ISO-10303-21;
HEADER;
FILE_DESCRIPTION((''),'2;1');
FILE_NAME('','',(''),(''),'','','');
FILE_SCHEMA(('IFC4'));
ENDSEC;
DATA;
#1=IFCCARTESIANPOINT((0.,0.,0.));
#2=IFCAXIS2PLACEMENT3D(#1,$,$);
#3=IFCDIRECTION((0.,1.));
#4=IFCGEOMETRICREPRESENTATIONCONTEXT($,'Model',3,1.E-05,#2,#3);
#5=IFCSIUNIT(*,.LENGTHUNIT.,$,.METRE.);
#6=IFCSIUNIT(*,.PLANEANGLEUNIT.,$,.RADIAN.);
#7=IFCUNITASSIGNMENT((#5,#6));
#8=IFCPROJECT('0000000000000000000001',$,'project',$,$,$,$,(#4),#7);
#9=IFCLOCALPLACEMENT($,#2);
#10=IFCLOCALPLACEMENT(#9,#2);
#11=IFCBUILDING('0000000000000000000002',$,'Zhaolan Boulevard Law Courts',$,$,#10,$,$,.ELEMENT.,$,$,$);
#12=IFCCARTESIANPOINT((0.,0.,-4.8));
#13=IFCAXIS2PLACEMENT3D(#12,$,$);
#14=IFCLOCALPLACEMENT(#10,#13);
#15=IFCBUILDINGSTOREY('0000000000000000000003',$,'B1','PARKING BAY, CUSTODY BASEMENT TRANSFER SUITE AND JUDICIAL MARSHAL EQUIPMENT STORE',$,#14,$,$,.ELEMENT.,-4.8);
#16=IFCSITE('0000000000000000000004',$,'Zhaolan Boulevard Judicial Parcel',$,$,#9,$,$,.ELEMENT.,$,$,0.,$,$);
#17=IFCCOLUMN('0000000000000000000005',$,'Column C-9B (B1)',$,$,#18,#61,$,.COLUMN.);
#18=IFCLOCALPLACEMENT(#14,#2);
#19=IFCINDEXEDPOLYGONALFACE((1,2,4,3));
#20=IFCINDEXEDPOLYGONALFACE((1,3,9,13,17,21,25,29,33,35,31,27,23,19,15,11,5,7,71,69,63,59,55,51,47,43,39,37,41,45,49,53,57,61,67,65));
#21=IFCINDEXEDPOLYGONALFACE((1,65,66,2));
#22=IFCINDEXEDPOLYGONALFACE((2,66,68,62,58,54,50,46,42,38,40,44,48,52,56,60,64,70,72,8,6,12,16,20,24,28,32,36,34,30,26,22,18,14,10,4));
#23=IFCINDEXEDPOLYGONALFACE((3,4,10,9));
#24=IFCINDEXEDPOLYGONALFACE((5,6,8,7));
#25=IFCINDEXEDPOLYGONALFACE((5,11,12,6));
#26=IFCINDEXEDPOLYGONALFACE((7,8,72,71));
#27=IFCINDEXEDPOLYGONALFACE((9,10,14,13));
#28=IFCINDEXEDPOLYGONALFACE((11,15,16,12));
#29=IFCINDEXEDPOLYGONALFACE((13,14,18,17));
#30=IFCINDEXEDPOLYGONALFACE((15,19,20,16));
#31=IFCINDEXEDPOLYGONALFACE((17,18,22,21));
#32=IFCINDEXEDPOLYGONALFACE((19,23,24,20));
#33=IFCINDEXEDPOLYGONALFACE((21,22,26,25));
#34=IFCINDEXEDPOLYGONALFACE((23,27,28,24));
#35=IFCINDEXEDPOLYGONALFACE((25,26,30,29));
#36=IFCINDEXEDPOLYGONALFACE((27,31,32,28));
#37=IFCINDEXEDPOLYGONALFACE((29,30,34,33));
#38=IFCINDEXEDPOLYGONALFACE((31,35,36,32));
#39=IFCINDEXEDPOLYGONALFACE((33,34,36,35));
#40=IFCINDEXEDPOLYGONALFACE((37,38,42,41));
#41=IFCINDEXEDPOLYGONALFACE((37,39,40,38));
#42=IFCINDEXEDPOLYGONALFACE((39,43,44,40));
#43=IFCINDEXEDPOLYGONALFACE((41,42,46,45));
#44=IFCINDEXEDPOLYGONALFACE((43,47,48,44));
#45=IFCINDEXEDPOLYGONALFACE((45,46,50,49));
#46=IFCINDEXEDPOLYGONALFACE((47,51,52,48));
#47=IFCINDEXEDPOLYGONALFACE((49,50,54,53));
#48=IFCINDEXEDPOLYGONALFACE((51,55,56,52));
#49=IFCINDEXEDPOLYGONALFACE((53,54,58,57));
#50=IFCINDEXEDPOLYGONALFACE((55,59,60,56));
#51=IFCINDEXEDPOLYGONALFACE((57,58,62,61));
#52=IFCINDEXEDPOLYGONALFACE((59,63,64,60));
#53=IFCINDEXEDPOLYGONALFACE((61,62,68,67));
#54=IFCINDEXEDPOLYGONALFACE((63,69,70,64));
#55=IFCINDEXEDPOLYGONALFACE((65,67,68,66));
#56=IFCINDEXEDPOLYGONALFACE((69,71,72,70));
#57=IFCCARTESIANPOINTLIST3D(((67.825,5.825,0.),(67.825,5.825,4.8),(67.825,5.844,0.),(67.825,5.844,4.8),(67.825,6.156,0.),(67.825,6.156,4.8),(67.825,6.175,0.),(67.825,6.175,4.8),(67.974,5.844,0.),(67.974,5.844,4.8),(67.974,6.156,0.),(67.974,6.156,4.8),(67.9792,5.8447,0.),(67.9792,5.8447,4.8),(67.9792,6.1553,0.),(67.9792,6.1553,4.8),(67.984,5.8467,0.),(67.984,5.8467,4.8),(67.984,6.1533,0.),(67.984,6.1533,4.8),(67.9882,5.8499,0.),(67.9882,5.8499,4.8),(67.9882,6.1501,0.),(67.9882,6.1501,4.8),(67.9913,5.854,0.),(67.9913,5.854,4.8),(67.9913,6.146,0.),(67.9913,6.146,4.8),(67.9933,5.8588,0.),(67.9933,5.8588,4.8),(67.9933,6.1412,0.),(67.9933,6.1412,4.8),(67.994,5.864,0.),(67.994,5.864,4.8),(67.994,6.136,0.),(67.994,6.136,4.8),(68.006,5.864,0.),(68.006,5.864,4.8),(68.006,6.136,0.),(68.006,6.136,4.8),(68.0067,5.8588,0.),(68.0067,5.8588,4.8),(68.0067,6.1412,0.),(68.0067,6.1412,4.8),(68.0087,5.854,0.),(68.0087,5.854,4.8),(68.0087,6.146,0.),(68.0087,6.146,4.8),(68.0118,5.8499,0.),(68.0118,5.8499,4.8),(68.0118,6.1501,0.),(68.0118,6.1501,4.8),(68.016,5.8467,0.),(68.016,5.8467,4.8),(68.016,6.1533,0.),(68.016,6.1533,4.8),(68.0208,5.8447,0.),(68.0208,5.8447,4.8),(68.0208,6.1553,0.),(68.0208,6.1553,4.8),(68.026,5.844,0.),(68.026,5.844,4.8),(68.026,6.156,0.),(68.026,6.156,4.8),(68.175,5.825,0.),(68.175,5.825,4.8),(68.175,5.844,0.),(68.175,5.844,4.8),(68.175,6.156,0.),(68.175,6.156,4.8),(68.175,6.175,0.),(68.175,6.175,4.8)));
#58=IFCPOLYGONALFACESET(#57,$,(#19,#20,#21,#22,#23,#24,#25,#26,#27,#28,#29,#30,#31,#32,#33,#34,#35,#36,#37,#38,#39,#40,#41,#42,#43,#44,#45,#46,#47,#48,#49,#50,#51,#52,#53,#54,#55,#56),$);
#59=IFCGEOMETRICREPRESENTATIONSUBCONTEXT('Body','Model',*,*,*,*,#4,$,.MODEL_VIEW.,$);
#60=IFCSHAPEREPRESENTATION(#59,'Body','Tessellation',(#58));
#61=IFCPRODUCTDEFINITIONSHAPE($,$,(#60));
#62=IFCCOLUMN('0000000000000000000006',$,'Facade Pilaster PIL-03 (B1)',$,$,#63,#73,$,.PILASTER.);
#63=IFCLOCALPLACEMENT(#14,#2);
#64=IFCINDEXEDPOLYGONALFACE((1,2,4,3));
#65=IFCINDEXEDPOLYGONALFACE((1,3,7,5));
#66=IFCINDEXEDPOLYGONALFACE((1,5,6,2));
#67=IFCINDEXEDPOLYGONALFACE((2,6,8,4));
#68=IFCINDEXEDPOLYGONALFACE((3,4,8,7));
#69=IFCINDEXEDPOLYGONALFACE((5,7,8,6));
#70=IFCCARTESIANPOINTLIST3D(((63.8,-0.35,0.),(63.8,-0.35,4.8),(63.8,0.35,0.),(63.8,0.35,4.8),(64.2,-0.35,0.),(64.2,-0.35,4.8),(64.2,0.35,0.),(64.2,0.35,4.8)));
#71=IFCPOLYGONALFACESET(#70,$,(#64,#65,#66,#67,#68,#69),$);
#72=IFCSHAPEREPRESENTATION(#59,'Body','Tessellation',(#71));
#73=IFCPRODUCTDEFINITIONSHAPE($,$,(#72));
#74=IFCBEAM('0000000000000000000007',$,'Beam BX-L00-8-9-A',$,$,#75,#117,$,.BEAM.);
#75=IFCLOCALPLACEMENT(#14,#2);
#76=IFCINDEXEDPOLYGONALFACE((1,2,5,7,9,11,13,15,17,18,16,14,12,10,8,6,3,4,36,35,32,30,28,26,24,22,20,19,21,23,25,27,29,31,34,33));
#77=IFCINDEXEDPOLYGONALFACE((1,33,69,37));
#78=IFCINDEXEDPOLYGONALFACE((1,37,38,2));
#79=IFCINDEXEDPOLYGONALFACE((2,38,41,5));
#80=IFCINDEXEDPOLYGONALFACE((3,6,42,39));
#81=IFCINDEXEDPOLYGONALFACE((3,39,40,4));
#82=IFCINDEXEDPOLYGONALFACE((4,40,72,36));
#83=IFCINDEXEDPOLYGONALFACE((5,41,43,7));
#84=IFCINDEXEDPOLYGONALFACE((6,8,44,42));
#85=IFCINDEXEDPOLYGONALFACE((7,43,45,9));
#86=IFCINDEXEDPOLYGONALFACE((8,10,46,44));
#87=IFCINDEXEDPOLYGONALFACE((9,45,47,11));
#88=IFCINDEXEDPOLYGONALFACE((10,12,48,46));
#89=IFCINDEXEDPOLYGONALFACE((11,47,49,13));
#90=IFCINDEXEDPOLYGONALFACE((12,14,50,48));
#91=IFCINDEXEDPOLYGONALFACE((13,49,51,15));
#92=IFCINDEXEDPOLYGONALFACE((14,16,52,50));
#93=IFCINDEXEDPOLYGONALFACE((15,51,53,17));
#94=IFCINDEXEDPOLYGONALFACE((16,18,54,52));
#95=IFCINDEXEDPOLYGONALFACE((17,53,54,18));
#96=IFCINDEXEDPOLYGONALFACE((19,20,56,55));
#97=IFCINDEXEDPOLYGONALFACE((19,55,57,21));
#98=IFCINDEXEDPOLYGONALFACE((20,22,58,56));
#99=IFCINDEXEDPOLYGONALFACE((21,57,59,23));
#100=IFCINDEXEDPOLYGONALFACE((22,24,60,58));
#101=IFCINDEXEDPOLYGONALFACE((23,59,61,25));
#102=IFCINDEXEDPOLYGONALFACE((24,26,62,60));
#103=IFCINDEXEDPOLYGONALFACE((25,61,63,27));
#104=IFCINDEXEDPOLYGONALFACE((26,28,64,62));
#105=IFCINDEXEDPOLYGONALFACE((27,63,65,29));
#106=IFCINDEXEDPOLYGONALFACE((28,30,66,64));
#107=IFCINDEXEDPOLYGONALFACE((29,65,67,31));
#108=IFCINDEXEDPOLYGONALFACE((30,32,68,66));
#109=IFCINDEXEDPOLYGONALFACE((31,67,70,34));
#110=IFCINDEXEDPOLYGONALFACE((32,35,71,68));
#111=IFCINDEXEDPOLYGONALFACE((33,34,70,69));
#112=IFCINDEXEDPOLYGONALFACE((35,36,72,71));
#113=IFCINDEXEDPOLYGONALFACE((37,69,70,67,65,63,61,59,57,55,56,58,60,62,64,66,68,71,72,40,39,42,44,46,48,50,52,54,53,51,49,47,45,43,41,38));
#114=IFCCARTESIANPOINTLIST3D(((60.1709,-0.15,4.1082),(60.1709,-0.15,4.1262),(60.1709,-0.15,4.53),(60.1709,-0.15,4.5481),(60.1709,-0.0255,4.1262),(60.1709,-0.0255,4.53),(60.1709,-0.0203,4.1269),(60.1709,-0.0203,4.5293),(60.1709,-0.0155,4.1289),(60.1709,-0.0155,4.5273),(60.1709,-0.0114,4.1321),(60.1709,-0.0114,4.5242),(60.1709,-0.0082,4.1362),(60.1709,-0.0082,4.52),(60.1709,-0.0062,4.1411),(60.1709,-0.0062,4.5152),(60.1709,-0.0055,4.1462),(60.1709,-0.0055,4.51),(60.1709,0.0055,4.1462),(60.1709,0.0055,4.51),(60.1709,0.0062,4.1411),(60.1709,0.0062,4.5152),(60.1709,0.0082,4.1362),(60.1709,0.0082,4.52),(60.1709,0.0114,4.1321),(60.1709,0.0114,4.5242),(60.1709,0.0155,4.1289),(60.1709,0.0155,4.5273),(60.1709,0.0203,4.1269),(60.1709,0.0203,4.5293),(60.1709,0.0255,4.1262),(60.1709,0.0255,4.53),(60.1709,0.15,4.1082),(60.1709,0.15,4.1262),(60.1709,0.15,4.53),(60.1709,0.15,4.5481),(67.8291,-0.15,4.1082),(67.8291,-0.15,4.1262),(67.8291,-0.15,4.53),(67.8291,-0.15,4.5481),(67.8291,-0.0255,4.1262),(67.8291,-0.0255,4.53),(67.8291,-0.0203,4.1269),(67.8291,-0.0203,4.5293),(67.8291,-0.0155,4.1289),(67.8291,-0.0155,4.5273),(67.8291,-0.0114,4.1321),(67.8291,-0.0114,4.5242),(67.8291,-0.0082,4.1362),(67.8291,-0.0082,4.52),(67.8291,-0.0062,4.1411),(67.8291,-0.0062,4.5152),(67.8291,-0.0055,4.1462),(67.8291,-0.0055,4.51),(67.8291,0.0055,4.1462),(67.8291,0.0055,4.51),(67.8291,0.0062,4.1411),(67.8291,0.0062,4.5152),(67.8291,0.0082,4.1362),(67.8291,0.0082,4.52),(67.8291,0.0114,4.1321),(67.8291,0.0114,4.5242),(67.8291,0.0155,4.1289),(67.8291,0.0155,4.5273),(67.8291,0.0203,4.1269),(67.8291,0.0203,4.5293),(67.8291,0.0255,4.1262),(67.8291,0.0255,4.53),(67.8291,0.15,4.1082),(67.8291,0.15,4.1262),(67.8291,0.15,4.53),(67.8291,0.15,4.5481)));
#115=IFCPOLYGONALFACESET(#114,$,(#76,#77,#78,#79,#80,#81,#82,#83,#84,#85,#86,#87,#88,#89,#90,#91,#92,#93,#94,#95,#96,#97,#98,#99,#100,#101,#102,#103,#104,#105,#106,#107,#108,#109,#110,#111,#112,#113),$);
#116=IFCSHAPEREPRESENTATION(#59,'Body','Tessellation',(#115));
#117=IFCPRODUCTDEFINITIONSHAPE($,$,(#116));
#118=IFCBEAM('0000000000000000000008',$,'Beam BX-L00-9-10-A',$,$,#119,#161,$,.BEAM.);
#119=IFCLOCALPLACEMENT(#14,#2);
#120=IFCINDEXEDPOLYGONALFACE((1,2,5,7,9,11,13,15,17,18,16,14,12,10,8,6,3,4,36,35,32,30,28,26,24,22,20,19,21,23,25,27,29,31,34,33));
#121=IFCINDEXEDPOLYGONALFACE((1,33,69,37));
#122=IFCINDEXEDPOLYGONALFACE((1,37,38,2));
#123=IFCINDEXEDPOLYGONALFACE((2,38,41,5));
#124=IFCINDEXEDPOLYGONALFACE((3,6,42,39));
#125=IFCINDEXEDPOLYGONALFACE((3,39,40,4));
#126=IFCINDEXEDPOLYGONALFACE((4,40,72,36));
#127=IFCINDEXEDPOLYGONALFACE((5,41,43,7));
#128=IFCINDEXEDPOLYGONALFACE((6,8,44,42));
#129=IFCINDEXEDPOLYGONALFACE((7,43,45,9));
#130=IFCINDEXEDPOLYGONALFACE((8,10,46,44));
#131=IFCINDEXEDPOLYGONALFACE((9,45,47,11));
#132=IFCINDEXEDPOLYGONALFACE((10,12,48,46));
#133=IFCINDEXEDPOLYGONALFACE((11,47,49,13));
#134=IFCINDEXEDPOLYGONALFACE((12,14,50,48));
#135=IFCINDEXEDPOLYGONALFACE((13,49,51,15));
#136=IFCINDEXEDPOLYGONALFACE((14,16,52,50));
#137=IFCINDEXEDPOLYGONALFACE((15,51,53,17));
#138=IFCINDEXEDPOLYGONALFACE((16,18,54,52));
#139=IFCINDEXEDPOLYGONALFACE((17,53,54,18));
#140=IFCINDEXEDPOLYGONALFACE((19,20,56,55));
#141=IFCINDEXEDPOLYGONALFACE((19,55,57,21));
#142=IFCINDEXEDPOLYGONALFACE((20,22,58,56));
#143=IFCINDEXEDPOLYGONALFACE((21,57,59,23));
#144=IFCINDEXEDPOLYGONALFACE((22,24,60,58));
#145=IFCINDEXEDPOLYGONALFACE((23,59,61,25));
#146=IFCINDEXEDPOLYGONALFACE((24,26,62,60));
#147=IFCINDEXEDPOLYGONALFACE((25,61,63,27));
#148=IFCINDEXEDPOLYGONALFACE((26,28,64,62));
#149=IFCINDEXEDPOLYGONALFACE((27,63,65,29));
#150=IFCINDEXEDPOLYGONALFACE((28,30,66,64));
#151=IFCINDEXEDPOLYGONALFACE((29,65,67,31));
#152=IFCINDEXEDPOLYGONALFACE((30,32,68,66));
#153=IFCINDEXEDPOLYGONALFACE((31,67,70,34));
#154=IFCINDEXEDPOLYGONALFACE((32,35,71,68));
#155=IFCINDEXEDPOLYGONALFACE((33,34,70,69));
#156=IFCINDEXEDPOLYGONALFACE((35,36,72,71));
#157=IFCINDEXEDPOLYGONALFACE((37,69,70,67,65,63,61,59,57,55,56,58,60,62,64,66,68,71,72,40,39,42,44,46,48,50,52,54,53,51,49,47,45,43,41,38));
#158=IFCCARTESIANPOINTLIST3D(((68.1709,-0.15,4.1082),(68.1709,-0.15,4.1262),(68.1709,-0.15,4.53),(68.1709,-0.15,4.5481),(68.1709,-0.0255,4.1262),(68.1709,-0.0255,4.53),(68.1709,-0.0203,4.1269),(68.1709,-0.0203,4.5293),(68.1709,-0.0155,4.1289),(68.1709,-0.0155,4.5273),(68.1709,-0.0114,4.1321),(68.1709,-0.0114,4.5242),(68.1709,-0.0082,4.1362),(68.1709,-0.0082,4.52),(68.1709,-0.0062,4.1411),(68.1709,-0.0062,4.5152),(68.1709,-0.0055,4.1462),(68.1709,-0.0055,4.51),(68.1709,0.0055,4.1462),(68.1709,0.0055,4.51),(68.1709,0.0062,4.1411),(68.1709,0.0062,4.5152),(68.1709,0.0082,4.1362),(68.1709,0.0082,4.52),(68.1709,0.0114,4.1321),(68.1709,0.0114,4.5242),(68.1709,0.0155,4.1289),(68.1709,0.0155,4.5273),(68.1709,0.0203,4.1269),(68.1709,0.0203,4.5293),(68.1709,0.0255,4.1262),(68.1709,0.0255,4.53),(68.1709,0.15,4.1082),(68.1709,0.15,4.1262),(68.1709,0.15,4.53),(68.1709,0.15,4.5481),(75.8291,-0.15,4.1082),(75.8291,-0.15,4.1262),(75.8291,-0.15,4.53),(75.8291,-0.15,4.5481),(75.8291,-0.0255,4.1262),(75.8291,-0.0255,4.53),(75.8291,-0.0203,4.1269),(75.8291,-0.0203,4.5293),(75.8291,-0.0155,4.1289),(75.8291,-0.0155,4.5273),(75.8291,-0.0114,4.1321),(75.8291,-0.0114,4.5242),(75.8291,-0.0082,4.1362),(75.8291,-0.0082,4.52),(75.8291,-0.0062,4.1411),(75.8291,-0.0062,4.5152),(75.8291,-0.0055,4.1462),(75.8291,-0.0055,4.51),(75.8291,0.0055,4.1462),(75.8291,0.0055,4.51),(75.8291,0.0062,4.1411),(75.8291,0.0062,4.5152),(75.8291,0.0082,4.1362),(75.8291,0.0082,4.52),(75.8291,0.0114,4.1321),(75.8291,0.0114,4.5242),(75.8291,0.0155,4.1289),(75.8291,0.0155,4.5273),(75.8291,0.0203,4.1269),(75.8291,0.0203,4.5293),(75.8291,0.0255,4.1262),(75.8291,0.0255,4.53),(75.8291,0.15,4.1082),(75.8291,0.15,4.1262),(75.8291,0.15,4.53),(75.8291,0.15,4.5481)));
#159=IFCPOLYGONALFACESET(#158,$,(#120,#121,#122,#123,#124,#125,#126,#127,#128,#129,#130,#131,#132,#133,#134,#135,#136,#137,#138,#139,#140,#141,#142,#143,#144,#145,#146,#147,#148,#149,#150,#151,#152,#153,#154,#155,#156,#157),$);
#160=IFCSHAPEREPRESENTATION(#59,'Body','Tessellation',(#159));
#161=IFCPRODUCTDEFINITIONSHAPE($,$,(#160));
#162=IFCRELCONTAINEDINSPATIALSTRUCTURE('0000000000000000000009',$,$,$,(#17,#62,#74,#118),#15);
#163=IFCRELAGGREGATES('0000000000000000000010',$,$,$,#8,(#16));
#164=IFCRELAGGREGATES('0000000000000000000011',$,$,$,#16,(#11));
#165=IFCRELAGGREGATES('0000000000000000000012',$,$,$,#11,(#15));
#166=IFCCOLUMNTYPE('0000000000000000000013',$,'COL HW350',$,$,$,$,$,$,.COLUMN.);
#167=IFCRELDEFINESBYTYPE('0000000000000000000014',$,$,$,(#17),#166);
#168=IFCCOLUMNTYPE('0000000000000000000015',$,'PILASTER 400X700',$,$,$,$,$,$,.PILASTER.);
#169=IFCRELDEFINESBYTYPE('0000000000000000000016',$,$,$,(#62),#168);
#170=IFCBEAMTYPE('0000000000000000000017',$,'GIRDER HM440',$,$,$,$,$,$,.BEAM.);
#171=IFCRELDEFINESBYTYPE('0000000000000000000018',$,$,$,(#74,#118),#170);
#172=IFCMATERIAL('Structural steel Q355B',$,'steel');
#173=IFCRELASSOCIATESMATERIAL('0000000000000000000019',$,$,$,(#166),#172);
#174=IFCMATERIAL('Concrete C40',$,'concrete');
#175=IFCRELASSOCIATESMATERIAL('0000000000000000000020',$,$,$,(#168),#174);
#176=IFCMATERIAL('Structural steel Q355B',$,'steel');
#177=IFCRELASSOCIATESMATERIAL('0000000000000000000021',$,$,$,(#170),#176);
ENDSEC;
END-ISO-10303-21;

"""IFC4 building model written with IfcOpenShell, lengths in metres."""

from ifc_helpers import new_model, si_unit, direction, frame, origin, origin_2d, place, context, subcontext, project, spatial, rectangle, i_section, extrude, material, material_profile, profile_set, type_object, element, save


model = new_model("IFC4")

# Units and contexts
model_context = context("Model", 3, precision=1e-05, world=origin(), true_north=direction((0.0, 1.0)))
body_context = subcontext(model_context, "Body", "Model", "MODEL_VIEW")
ifc_project = project(units=[si_unit("LENGTHUNIT", "METRE"), si_unit("PLANEANGLEUNIT", "RADIAN")], contexts=[model_context])

# Site, building, storey
site_placement = place(None, origin())
site = spatial("IfcSite", under=ifc_project, at=site_placement, Name="Zhaolan Boulevard Judicial Parcel", CompositionType="ELEMENT", RefElevation=0.0)
building_placement = place(site_placement, origin())
building = spatial("IfcBuilding", under=site, at=building_placement, Name="Zhaolan Boulevard Law Courts", CompositionType="ELEMENT")
storey_placement = place(building_placement, frame((0.0, 0.0, -4.8)))
storey = spatial("IfcBuildingStorey", under=building, at=storey_placement, Name="B1", Description="PARKING BAY, CUSTODY BASEMENT TRANSFER SUITE AND JUDICIAL MARSHAL EQUIPMENT STORE", CompositionType="ELEMENT", Elevation=-4.8)

# Columns
ifc_material_1 = material(Name="Structural steel Q355B", Category="steel")
ifc_material_profile_1 = material_profile(ifc_material_1, i_section(OverallWidth=0.3501, OverallDepth=0.3501, WebThickness=0.012, FlangeThickness=0.019, FilletRadius=0.02, at=origin_2d()), Name="HW350x350")
ifc_profile_set_1 = profile_set([ifc_material_profile_1], Name="Structural steel Q355B")
column_type_1 = type_object("IfcColumnType", Name="COL HW350", PredefinedType="COLUMN", material=ifc_profile_set_1)
for number, where, z_axis, x_axis, name in (
    (1, (68.0, 6.0, 0.0), (0.0, 0.0, 1.0), (1.0, 0.0, 0.0), "Column C-9B (B1)"),
):
    element("IfcColumn", number, at=place(storey_placement, frame(where, z_axis=z_axis, x_axis=x_axis)), inside=storey, type_object=column_type_1, Name=name, PredefinedType="COLUMN", context=body_context, shape_type="SweptSolid", body=[
        extrude(i_section(OverallWidth=0.3501, OverallDepth=0.3501, WebThickness=0.012, FlangeThickness=0.019, FilletRadius=0.02, at=origin_2d()), origin(), (0.0, 0.0, 1.0), 4.8),
    ])
ifc_material_2 = material(Name="Concrete C40", Category="concrete")
ifc_material_profile_2 = material_profile(ifc_material_2, rectangle(XDim=0.3999, YDim=0.7, at=origin_2d()), Name="RC400x700")
ifc_profile_set_2 = profile_set([ifc_material_profile_2], Name="Concrete C40")
column_type_2 = type_object("IfcColumnType", Name="PILASTER 400X700", PredefinedType="PILASTER", material=ifc_profile_set_2)
column_placement = place(storey_placement, frame((64.0, 0.0, 0.0), z_axis=(0.0, 0.0, 1.0), x_axis=(1.0, 0.0, 0.0)))
element("IfcColumn", 2, at=column_placement, inside=storey, type_object=column_type_2, Name="Facade Pilaster PIL-03 (B1)", PredefinedType="PILASTER", context=body_context, shape_type="SweptSolid", body=[
    extrude(rectangle(XDim=0.3999, YDim=0.7, at=origin_2d()), origin(), (0.0, 0.0, 1.0), 4.8),
])

# Beams
ifc_material_3 = material(Name="Structural steel Q355B", Category="steel")
ifc_material_profile_3 = material_profile(ifc_material_3, i_section(OverallWidth=0.3, OverallDepth=0.4399, WebThickness=0.011, FlangeThickness=0.0181, FilletRadius=0.02, at=origin_2d()), Name="HM440x300")
ifc_profile_set_3 = profile_set([ifc_material_profile_3], Name="Structural steel Q355B")
beam_type_1 = type_object("IfcBeamType", Name="GIRDER HM440", PredefinedType="BEAM", material=ifc_profile_set_3)
for number, where, z_axis, x_axis, name in (
    (3, (60.1709, 0.0, 4.3281), (1.0, 0.0, 0.0), (0.0, 1.0, 0.0), "Beam BX-L00-8-9-A"),
    (4, (68.1709, 0.0, 4.3281), (1.0, 0.0, 0.0), (0.0, 1.0, 0.0), "Beam BX-L00-9-10-A"),
):
    element("IfcBeam", number, at=place(storey_placement, frame(where, z_axis=z_axis, x_axis=x_axis)), inside=storey, type_object=beam_type_1, Name=name, PredefinedType="BEAM", context=body_context, shape_type="SweptSolid", body=[
        extrude(i_section(OverallWidth=0.3, OverallDepth=0.4399, WebThickness=0.011, FlangeThickness=0.0181, FilletRadius=0.02, at=origin_2d()), origin(), (0.0, 0.0, 1.0), 7.6582),
    ])

save(model, "model.ifc")
